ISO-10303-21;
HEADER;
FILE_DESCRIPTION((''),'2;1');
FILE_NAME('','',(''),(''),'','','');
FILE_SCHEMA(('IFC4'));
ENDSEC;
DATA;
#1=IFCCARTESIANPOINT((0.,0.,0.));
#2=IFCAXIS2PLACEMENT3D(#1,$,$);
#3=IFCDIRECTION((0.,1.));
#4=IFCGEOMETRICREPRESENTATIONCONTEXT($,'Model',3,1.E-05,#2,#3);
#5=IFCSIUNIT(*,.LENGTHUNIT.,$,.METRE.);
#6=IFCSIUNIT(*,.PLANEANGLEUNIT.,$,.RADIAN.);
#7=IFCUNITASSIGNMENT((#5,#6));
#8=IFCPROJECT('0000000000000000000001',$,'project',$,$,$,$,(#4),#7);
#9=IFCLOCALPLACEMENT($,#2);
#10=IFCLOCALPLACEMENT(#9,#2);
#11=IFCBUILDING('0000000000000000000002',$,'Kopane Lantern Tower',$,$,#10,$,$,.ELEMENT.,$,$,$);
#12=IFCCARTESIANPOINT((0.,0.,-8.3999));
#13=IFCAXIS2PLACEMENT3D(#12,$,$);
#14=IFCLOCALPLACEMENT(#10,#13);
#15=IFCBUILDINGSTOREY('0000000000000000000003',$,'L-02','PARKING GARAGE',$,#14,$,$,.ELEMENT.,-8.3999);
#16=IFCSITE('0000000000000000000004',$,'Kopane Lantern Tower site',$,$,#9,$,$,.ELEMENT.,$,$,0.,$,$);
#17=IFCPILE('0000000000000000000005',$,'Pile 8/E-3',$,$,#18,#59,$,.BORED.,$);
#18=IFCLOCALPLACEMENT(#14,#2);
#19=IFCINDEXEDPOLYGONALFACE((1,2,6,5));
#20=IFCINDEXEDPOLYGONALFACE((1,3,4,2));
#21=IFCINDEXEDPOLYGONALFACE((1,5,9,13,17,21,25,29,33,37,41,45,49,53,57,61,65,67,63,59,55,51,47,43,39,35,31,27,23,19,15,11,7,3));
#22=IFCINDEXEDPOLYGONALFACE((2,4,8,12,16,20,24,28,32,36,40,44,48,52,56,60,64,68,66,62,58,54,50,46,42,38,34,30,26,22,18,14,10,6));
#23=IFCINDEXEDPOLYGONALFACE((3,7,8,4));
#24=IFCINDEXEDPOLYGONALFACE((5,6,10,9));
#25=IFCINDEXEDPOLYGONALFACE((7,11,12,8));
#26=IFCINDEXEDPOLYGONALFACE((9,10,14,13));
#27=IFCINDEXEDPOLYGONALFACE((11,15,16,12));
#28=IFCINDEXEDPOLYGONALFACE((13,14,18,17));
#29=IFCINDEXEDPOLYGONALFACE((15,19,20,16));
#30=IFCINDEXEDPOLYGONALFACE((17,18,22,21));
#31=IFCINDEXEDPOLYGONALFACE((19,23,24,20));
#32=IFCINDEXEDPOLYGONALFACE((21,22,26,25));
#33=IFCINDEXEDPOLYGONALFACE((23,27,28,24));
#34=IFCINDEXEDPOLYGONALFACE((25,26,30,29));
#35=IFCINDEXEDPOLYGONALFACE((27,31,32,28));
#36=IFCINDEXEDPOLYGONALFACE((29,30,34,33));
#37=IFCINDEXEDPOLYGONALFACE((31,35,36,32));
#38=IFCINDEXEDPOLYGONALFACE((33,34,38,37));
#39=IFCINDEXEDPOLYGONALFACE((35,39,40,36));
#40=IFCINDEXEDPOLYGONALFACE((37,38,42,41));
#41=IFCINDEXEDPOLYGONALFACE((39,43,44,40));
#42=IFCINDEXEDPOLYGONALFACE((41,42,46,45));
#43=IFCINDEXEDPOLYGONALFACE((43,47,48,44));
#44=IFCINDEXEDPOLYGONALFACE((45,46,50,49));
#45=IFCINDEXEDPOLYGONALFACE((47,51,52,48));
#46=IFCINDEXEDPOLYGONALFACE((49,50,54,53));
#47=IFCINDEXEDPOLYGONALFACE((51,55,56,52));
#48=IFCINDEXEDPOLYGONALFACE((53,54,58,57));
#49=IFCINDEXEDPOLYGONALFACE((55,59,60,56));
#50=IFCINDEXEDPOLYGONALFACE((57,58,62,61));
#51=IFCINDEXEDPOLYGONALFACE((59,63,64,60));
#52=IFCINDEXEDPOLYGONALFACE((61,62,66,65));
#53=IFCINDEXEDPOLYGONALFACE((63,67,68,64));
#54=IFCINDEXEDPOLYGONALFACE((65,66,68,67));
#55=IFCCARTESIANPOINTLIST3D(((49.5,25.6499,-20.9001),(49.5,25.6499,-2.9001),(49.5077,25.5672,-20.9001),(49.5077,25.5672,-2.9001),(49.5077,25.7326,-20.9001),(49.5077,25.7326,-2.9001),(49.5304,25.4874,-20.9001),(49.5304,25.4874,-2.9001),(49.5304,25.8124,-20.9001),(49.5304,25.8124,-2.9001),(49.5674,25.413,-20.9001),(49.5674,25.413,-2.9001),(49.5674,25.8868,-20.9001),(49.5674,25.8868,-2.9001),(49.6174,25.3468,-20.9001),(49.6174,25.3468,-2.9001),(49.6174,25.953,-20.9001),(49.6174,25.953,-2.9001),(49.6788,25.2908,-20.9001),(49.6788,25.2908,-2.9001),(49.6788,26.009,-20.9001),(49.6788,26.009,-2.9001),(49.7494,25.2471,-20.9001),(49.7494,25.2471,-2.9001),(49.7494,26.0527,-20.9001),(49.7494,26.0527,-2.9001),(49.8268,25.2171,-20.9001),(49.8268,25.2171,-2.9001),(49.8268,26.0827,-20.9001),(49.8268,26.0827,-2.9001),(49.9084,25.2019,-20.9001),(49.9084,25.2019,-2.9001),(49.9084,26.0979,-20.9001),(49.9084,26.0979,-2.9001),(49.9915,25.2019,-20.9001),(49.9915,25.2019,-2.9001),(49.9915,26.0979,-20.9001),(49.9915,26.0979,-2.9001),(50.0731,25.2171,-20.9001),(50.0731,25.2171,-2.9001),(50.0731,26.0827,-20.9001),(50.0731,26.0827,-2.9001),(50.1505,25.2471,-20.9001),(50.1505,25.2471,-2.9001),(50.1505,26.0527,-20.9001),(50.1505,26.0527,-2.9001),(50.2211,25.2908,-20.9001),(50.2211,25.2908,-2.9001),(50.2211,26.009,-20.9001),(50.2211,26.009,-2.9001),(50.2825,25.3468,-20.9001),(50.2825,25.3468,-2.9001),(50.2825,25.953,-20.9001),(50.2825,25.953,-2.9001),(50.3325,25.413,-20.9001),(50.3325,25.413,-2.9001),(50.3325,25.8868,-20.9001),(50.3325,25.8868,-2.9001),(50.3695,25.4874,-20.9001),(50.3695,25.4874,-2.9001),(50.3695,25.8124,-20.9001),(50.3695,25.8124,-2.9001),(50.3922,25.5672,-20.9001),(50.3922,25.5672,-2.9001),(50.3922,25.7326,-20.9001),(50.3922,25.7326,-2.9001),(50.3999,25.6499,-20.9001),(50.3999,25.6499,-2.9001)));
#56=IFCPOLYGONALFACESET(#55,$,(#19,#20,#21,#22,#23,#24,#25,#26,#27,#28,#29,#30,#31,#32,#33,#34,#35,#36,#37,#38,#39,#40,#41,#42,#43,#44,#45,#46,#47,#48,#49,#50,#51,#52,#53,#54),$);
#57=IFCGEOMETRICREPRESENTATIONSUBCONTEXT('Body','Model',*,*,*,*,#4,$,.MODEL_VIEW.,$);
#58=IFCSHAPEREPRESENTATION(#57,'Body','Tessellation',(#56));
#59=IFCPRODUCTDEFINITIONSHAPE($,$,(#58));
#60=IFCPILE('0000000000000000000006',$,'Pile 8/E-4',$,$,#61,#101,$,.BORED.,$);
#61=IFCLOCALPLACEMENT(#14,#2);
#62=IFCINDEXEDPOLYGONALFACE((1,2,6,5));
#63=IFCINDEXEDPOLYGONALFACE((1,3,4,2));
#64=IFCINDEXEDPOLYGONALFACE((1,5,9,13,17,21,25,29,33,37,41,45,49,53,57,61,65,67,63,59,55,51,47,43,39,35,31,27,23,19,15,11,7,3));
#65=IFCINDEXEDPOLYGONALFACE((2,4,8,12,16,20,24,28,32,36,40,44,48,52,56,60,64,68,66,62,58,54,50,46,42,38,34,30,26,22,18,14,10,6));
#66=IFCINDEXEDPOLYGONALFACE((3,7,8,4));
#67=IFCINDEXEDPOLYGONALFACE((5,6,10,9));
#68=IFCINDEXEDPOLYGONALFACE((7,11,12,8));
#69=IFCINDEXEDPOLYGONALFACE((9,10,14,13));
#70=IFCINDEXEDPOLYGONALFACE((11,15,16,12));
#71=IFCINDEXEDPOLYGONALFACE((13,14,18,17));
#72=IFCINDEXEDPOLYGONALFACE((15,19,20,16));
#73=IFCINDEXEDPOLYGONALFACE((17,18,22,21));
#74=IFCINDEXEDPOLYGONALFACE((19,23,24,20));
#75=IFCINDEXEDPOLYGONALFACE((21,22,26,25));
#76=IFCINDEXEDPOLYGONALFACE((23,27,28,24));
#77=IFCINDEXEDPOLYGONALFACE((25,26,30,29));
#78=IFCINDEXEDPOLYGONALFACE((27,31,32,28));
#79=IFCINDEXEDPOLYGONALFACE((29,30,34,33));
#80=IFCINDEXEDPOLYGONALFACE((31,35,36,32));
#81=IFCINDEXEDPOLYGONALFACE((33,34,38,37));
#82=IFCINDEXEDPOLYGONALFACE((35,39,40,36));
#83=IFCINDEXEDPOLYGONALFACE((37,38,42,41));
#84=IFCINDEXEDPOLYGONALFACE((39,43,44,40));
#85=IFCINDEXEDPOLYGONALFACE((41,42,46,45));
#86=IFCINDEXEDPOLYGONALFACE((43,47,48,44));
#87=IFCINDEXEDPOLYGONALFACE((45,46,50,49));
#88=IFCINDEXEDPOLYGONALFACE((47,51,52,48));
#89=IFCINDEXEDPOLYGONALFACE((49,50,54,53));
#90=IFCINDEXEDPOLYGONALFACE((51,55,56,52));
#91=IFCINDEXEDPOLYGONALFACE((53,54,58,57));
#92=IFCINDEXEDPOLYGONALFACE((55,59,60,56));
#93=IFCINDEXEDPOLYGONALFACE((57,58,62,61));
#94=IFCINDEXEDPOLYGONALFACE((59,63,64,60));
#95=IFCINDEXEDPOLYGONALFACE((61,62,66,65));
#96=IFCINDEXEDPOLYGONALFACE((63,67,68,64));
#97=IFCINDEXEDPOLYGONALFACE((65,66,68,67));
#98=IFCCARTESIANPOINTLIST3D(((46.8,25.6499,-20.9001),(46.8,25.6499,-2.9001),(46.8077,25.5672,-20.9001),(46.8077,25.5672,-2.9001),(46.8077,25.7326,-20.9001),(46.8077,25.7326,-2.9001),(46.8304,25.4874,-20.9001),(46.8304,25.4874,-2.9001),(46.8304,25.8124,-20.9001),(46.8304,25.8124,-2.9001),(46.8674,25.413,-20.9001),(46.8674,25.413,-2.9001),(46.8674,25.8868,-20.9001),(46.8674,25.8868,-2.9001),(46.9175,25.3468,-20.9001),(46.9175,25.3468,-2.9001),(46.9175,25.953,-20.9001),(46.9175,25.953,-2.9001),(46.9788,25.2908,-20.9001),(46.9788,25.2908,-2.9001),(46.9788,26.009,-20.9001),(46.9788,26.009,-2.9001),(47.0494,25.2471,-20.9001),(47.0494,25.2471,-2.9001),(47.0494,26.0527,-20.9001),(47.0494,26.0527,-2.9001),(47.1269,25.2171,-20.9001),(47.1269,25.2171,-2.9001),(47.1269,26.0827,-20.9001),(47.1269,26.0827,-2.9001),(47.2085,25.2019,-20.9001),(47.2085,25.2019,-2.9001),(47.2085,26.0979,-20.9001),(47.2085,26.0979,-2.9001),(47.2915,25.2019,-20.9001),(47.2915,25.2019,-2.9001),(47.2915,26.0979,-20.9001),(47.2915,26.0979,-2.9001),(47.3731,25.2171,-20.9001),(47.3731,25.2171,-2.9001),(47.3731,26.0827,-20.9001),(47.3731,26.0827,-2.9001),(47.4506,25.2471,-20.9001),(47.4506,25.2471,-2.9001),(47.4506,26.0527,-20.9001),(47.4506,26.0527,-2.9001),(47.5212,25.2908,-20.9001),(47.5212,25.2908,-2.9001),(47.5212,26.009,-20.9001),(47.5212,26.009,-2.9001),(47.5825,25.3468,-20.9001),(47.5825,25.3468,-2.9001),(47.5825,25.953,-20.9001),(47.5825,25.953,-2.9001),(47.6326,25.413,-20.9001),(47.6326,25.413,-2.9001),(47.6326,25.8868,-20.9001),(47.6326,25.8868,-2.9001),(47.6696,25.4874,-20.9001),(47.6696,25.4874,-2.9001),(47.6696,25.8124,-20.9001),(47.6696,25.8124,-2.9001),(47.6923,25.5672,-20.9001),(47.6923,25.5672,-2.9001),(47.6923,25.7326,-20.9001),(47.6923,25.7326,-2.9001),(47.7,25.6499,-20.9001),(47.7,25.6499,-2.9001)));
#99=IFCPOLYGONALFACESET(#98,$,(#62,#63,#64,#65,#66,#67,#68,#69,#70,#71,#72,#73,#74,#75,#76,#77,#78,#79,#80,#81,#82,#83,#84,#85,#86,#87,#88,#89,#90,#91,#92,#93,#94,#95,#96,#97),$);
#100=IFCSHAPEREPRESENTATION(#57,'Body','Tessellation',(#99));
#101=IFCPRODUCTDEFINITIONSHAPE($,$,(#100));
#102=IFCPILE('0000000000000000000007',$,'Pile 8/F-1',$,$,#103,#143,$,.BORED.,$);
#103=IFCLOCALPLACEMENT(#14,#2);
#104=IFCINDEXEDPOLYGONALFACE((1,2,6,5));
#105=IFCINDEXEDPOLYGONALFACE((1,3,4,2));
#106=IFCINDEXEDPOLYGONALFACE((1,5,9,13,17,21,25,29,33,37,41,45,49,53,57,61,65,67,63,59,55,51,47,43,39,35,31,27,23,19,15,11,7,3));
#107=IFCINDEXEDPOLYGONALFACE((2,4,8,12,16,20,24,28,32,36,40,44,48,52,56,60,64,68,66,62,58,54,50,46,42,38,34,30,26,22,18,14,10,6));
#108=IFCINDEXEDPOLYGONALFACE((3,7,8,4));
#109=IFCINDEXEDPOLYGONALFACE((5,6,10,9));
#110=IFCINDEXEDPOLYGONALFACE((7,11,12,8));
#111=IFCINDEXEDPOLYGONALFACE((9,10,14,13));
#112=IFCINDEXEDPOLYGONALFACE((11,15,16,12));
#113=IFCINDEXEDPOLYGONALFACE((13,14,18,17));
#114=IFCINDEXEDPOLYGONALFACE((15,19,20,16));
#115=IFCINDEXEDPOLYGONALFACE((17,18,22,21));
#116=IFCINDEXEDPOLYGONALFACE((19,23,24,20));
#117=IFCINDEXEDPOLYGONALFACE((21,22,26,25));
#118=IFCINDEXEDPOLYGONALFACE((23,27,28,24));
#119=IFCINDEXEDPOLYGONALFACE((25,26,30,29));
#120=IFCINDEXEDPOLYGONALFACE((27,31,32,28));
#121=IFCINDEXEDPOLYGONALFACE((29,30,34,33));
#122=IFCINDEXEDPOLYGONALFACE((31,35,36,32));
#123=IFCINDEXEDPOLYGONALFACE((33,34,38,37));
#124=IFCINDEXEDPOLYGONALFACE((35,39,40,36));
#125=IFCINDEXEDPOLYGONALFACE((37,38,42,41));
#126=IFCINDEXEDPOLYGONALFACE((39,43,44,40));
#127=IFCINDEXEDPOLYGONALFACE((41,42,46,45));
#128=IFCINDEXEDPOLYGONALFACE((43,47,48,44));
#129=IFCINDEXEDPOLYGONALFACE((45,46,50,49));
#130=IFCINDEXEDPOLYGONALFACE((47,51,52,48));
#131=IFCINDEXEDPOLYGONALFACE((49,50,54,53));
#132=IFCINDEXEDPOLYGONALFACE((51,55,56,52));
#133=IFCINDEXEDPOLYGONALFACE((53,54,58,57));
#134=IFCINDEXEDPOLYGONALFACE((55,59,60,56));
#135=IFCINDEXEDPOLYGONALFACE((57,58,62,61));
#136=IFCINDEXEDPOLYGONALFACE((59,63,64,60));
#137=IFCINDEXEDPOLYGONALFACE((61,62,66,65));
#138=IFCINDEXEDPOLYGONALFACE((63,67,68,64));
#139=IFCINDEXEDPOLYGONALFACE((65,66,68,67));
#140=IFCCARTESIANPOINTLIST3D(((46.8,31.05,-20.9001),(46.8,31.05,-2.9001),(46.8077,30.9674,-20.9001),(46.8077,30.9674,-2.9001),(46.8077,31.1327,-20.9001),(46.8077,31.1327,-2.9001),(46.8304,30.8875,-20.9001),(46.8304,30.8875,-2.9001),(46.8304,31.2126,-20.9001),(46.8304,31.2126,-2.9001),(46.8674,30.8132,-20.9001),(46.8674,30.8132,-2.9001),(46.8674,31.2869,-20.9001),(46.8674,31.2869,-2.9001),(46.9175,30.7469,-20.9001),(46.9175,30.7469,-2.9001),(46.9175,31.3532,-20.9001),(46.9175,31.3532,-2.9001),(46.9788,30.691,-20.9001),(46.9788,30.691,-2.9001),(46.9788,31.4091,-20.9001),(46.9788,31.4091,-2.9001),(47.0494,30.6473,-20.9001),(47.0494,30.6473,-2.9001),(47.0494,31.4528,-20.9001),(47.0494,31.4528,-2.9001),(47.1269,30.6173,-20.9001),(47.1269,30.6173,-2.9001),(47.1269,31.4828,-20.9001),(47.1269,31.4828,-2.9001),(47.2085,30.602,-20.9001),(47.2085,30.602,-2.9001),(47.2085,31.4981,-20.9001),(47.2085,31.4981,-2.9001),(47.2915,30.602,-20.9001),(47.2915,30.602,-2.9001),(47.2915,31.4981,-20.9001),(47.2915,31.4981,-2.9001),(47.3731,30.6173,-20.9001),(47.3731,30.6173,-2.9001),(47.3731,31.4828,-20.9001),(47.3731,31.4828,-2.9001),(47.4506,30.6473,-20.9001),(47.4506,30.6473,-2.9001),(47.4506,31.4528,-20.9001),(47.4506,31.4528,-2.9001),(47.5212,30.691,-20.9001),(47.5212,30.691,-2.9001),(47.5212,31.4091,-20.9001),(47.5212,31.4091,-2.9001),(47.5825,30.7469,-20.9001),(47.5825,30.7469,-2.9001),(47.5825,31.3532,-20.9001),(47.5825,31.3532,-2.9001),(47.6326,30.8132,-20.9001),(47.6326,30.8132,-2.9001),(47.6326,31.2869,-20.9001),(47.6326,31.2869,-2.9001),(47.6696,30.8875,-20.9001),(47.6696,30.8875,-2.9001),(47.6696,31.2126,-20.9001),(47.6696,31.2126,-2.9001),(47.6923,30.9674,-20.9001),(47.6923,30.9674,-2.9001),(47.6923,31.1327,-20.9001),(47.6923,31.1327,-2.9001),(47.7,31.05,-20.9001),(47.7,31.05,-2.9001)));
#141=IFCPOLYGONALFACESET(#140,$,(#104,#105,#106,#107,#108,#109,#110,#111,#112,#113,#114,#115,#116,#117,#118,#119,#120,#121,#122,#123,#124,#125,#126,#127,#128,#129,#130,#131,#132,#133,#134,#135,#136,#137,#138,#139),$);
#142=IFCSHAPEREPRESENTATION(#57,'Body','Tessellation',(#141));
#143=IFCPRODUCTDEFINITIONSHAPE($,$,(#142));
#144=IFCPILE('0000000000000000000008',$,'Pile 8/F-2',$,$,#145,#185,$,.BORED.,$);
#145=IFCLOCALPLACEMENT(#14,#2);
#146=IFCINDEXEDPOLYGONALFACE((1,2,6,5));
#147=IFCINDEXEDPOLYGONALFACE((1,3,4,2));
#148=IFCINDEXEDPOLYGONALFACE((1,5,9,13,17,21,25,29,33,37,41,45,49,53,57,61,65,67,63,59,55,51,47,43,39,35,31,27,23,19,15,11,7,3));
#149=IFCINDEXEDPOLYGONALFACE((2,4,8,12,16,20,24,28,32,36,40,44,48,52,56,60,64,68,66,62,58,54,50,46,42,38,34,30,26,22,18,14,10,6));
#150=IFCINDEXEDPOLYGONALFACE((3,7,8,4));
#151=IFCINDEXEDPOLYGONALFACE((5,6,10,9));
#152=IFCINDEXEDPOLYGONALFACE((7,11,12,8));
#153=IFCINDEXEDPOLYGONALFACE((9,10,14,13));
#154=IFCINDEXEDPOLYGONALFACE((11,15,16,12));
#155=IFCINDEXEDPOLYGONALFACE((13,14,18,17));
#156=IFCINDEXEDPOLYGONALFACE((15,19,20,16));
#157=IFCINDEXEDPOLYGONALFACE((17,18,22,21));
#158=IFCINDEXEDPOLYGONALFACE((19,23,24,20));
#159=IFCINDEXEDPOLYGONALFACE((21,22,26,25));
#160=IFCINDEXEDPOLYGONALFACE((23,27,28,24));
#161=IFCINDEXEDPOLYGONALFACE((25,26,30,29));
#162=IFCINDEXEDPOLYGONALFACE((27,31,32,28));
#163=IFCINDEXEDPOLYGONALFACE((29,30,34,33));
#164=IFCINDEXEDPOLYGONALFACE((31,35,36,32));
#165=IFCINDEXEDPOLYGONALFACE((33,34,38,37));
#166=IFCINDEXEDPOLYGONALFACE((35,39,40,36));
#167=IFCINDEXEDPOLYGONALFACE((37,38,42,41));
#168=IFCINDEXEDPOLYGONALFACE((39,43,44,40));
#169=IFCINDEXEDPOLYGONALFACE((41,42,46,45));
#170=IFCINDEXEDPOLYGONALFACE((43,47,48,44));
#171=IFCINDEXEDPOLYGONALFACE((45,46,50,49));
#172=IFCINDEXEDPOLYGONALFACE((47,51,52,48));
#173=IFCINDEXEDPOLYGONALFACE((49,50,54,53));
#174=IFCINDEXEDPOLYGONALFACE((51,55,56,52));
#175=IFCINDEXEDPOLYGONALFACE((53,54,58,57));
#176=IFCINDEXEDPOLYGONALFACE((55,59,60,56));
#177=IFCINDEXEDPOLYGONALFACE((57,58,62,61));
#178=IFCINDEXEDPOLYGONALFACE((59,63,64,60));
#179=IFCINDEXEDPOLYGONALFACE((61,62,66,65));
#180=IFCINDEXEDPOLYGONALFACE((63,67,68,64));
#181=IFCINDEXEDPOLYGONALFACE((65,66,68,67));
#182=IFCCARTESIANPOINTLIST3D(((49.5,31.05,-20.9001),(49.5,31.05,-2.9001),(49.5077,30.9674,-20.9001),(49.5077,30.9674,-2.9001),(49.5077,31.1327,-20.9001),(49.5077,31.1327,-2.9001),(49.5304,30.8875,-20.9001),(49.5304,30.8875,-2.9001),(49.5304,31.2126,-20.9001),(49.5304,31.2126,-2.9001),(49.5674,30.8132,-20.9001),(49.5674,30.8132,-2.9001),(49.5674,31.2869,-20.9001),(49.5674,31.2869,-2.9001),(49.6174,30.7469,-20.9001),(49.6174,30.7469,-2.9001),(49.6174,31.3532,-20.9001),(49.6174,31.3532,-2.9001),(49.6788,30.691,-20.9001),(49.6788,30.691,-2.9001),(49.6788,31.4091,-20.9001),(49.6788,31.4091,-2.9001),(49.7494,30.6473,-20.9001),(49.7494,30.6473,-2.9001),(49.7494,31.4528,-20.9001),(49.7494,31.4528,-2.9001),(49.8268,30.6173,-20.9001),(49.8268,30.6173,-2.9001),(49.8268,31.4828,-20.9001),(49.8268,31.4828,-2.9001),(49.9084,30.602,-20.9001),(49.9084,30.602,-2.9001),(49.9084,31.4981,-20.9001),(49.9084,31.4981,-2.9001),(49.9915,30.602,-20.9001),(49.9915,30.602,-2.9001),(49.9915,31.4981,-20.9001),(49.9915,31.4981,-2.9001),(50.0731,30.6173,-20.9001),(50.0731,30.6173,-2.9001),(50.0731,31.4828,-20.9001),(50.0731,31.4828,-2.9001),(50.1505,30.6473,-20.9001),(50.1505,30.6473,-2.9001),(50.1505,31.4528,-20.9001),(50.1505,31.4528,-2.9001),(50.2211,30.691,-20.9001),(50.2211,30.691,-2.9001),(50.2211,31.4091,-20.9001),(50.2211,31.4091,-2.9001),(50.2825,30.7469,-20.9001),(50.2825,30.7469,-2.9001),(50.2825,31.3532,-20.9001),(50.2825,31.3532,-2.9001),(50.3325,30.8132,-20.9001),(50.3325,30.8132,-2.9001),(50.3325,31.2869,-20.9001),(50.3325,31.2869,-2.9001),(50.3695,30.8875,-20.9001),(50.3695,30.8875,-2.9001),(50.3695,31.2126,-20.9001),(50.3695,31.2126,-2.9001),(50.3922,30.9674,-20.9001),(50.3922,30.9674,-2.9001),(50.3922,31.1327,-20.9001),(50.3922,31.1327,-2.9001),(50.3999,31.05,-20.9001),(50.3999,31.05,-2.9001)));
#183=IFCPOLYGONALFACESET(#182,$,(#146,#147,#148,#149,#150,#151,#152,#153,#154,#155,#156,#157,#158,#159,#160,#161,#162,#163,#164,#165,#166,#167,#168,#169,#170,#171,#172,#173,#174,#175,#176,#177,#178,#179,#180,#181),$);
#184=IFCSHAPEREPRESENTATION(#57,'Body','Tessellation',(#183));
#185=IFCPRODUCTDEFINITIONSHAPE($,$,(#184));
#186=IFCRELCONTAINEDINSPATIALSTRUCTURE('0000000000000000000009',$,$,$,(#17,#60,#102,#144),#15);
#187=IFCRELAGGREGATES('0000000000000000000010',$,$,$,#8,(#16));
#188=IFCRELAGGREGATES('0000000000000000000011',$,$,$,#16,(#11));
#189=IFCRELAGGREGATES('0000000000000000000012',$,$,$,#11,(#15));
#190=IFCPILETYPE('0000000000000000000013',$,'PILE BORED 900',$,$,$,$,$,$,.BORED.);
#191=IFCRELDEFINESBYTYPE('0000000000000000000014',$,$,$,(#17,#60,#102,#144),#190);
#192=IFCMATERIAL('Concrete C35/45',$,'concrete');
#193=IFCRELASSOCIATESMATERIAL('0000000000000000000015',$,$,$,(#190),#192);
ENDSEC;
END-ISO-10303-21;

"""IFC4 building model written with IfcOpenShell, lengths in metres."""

from ifc_helpers import new_model, si_unit, direction, frame, origin, origin_2d, place, context, subcontext, project, spatial, circle, extrude, material, material_profile, profile_set, type_object, element, save


model = new_model("IFC4")

# Units and contexts
model_context = context("Model", 3, precision=1e-05, world=origin(), true_north=direction((0.0, 1.0)))
body_context = subcontext(model_context, "Body", "Model", "MODEL_VIEW")
ifc_project = project(units=[si_unit("LENGTHUNIT", "METRE"), si_unit("PLANEANGLEUNIT", "RADIAN")], contexts=[model_context])

# Site, building, storey
site_placement = place(None, origin())
site = spatial("IfcSite", under=ifc_project, at=site_placement, Name="Kopane Lantern Tower site", CompositionType="ELEMENT", RefElevation=0.0)
building_placement = place(site_placement, origin())
building = spatial("IfcBuilding", under=site, at=building_placement, Name="Kopane Lantern Tower", CompositionType="ELEMENT")
storey_placement = place(building_placement, frame((0.0, 0.0, -8.3999)))
storey = spatial("IfcBuildingStorey", under=building, at=storey_placement, Name="L-02", Description="PARKING GARAGE", CompositionType="ELEMENT", Elevation=-8.3999)

# Piles
ifc_material_1 = material(Name="Concrete C35/45", Category="concrete")
ifc_material_profile_1 = material_profile(ifc_material_1, circle(Radius=0.45, at=origin_2d()), Name="D900")
ifc_profile_set_1 = profile_set([ifc_material_profile_1], Name="Concrete C35/45")
pile_type_1 = type_object("IfcPileType", Name="PILE BORED 900", PredefinedType="BORED", material=ifc_profile_set_1)
for number, where, z_axis, x_axis, name in (
    (1, (49.95, 25.6499, -2.9001), (0.0, 0.0, -1.0), (1.0, 0.0, 0.0), "Pile 8/E-3"),
    (2, (47.25, 25.6499, -2.9001), (0.0, 0.0, -1.0), (1.0, 0.0, 0.0), "Pile 8/E-4"),
    (3, (47.25, 31.05, -2.9001), (0.0, 0.0, -1.0), (1.0, 0.0, 0.0), "Pile 8/F-1"),
    (4, (49.95, 31.05, -2.9001), (0.0, 0.0, -1.0), (1.0, 0.0, 0.0), "Pile 8/F-2"),
):
    element("IfcPile", number, at=place(storey_placement, frame(where, z_axis=z_axis, x_axis=x_axis)), inside=storey, type_object=pile_type_1, Name=name, PredefinedType="BORED", context=body_context, shape_type="SweptSolid", body=[
        extrude(circle(Radius=0.45, at=origin_2d()), origin(), (0.0, 0.0, 1.0), 18.0),
    ])

save(model, "model.ifc")
